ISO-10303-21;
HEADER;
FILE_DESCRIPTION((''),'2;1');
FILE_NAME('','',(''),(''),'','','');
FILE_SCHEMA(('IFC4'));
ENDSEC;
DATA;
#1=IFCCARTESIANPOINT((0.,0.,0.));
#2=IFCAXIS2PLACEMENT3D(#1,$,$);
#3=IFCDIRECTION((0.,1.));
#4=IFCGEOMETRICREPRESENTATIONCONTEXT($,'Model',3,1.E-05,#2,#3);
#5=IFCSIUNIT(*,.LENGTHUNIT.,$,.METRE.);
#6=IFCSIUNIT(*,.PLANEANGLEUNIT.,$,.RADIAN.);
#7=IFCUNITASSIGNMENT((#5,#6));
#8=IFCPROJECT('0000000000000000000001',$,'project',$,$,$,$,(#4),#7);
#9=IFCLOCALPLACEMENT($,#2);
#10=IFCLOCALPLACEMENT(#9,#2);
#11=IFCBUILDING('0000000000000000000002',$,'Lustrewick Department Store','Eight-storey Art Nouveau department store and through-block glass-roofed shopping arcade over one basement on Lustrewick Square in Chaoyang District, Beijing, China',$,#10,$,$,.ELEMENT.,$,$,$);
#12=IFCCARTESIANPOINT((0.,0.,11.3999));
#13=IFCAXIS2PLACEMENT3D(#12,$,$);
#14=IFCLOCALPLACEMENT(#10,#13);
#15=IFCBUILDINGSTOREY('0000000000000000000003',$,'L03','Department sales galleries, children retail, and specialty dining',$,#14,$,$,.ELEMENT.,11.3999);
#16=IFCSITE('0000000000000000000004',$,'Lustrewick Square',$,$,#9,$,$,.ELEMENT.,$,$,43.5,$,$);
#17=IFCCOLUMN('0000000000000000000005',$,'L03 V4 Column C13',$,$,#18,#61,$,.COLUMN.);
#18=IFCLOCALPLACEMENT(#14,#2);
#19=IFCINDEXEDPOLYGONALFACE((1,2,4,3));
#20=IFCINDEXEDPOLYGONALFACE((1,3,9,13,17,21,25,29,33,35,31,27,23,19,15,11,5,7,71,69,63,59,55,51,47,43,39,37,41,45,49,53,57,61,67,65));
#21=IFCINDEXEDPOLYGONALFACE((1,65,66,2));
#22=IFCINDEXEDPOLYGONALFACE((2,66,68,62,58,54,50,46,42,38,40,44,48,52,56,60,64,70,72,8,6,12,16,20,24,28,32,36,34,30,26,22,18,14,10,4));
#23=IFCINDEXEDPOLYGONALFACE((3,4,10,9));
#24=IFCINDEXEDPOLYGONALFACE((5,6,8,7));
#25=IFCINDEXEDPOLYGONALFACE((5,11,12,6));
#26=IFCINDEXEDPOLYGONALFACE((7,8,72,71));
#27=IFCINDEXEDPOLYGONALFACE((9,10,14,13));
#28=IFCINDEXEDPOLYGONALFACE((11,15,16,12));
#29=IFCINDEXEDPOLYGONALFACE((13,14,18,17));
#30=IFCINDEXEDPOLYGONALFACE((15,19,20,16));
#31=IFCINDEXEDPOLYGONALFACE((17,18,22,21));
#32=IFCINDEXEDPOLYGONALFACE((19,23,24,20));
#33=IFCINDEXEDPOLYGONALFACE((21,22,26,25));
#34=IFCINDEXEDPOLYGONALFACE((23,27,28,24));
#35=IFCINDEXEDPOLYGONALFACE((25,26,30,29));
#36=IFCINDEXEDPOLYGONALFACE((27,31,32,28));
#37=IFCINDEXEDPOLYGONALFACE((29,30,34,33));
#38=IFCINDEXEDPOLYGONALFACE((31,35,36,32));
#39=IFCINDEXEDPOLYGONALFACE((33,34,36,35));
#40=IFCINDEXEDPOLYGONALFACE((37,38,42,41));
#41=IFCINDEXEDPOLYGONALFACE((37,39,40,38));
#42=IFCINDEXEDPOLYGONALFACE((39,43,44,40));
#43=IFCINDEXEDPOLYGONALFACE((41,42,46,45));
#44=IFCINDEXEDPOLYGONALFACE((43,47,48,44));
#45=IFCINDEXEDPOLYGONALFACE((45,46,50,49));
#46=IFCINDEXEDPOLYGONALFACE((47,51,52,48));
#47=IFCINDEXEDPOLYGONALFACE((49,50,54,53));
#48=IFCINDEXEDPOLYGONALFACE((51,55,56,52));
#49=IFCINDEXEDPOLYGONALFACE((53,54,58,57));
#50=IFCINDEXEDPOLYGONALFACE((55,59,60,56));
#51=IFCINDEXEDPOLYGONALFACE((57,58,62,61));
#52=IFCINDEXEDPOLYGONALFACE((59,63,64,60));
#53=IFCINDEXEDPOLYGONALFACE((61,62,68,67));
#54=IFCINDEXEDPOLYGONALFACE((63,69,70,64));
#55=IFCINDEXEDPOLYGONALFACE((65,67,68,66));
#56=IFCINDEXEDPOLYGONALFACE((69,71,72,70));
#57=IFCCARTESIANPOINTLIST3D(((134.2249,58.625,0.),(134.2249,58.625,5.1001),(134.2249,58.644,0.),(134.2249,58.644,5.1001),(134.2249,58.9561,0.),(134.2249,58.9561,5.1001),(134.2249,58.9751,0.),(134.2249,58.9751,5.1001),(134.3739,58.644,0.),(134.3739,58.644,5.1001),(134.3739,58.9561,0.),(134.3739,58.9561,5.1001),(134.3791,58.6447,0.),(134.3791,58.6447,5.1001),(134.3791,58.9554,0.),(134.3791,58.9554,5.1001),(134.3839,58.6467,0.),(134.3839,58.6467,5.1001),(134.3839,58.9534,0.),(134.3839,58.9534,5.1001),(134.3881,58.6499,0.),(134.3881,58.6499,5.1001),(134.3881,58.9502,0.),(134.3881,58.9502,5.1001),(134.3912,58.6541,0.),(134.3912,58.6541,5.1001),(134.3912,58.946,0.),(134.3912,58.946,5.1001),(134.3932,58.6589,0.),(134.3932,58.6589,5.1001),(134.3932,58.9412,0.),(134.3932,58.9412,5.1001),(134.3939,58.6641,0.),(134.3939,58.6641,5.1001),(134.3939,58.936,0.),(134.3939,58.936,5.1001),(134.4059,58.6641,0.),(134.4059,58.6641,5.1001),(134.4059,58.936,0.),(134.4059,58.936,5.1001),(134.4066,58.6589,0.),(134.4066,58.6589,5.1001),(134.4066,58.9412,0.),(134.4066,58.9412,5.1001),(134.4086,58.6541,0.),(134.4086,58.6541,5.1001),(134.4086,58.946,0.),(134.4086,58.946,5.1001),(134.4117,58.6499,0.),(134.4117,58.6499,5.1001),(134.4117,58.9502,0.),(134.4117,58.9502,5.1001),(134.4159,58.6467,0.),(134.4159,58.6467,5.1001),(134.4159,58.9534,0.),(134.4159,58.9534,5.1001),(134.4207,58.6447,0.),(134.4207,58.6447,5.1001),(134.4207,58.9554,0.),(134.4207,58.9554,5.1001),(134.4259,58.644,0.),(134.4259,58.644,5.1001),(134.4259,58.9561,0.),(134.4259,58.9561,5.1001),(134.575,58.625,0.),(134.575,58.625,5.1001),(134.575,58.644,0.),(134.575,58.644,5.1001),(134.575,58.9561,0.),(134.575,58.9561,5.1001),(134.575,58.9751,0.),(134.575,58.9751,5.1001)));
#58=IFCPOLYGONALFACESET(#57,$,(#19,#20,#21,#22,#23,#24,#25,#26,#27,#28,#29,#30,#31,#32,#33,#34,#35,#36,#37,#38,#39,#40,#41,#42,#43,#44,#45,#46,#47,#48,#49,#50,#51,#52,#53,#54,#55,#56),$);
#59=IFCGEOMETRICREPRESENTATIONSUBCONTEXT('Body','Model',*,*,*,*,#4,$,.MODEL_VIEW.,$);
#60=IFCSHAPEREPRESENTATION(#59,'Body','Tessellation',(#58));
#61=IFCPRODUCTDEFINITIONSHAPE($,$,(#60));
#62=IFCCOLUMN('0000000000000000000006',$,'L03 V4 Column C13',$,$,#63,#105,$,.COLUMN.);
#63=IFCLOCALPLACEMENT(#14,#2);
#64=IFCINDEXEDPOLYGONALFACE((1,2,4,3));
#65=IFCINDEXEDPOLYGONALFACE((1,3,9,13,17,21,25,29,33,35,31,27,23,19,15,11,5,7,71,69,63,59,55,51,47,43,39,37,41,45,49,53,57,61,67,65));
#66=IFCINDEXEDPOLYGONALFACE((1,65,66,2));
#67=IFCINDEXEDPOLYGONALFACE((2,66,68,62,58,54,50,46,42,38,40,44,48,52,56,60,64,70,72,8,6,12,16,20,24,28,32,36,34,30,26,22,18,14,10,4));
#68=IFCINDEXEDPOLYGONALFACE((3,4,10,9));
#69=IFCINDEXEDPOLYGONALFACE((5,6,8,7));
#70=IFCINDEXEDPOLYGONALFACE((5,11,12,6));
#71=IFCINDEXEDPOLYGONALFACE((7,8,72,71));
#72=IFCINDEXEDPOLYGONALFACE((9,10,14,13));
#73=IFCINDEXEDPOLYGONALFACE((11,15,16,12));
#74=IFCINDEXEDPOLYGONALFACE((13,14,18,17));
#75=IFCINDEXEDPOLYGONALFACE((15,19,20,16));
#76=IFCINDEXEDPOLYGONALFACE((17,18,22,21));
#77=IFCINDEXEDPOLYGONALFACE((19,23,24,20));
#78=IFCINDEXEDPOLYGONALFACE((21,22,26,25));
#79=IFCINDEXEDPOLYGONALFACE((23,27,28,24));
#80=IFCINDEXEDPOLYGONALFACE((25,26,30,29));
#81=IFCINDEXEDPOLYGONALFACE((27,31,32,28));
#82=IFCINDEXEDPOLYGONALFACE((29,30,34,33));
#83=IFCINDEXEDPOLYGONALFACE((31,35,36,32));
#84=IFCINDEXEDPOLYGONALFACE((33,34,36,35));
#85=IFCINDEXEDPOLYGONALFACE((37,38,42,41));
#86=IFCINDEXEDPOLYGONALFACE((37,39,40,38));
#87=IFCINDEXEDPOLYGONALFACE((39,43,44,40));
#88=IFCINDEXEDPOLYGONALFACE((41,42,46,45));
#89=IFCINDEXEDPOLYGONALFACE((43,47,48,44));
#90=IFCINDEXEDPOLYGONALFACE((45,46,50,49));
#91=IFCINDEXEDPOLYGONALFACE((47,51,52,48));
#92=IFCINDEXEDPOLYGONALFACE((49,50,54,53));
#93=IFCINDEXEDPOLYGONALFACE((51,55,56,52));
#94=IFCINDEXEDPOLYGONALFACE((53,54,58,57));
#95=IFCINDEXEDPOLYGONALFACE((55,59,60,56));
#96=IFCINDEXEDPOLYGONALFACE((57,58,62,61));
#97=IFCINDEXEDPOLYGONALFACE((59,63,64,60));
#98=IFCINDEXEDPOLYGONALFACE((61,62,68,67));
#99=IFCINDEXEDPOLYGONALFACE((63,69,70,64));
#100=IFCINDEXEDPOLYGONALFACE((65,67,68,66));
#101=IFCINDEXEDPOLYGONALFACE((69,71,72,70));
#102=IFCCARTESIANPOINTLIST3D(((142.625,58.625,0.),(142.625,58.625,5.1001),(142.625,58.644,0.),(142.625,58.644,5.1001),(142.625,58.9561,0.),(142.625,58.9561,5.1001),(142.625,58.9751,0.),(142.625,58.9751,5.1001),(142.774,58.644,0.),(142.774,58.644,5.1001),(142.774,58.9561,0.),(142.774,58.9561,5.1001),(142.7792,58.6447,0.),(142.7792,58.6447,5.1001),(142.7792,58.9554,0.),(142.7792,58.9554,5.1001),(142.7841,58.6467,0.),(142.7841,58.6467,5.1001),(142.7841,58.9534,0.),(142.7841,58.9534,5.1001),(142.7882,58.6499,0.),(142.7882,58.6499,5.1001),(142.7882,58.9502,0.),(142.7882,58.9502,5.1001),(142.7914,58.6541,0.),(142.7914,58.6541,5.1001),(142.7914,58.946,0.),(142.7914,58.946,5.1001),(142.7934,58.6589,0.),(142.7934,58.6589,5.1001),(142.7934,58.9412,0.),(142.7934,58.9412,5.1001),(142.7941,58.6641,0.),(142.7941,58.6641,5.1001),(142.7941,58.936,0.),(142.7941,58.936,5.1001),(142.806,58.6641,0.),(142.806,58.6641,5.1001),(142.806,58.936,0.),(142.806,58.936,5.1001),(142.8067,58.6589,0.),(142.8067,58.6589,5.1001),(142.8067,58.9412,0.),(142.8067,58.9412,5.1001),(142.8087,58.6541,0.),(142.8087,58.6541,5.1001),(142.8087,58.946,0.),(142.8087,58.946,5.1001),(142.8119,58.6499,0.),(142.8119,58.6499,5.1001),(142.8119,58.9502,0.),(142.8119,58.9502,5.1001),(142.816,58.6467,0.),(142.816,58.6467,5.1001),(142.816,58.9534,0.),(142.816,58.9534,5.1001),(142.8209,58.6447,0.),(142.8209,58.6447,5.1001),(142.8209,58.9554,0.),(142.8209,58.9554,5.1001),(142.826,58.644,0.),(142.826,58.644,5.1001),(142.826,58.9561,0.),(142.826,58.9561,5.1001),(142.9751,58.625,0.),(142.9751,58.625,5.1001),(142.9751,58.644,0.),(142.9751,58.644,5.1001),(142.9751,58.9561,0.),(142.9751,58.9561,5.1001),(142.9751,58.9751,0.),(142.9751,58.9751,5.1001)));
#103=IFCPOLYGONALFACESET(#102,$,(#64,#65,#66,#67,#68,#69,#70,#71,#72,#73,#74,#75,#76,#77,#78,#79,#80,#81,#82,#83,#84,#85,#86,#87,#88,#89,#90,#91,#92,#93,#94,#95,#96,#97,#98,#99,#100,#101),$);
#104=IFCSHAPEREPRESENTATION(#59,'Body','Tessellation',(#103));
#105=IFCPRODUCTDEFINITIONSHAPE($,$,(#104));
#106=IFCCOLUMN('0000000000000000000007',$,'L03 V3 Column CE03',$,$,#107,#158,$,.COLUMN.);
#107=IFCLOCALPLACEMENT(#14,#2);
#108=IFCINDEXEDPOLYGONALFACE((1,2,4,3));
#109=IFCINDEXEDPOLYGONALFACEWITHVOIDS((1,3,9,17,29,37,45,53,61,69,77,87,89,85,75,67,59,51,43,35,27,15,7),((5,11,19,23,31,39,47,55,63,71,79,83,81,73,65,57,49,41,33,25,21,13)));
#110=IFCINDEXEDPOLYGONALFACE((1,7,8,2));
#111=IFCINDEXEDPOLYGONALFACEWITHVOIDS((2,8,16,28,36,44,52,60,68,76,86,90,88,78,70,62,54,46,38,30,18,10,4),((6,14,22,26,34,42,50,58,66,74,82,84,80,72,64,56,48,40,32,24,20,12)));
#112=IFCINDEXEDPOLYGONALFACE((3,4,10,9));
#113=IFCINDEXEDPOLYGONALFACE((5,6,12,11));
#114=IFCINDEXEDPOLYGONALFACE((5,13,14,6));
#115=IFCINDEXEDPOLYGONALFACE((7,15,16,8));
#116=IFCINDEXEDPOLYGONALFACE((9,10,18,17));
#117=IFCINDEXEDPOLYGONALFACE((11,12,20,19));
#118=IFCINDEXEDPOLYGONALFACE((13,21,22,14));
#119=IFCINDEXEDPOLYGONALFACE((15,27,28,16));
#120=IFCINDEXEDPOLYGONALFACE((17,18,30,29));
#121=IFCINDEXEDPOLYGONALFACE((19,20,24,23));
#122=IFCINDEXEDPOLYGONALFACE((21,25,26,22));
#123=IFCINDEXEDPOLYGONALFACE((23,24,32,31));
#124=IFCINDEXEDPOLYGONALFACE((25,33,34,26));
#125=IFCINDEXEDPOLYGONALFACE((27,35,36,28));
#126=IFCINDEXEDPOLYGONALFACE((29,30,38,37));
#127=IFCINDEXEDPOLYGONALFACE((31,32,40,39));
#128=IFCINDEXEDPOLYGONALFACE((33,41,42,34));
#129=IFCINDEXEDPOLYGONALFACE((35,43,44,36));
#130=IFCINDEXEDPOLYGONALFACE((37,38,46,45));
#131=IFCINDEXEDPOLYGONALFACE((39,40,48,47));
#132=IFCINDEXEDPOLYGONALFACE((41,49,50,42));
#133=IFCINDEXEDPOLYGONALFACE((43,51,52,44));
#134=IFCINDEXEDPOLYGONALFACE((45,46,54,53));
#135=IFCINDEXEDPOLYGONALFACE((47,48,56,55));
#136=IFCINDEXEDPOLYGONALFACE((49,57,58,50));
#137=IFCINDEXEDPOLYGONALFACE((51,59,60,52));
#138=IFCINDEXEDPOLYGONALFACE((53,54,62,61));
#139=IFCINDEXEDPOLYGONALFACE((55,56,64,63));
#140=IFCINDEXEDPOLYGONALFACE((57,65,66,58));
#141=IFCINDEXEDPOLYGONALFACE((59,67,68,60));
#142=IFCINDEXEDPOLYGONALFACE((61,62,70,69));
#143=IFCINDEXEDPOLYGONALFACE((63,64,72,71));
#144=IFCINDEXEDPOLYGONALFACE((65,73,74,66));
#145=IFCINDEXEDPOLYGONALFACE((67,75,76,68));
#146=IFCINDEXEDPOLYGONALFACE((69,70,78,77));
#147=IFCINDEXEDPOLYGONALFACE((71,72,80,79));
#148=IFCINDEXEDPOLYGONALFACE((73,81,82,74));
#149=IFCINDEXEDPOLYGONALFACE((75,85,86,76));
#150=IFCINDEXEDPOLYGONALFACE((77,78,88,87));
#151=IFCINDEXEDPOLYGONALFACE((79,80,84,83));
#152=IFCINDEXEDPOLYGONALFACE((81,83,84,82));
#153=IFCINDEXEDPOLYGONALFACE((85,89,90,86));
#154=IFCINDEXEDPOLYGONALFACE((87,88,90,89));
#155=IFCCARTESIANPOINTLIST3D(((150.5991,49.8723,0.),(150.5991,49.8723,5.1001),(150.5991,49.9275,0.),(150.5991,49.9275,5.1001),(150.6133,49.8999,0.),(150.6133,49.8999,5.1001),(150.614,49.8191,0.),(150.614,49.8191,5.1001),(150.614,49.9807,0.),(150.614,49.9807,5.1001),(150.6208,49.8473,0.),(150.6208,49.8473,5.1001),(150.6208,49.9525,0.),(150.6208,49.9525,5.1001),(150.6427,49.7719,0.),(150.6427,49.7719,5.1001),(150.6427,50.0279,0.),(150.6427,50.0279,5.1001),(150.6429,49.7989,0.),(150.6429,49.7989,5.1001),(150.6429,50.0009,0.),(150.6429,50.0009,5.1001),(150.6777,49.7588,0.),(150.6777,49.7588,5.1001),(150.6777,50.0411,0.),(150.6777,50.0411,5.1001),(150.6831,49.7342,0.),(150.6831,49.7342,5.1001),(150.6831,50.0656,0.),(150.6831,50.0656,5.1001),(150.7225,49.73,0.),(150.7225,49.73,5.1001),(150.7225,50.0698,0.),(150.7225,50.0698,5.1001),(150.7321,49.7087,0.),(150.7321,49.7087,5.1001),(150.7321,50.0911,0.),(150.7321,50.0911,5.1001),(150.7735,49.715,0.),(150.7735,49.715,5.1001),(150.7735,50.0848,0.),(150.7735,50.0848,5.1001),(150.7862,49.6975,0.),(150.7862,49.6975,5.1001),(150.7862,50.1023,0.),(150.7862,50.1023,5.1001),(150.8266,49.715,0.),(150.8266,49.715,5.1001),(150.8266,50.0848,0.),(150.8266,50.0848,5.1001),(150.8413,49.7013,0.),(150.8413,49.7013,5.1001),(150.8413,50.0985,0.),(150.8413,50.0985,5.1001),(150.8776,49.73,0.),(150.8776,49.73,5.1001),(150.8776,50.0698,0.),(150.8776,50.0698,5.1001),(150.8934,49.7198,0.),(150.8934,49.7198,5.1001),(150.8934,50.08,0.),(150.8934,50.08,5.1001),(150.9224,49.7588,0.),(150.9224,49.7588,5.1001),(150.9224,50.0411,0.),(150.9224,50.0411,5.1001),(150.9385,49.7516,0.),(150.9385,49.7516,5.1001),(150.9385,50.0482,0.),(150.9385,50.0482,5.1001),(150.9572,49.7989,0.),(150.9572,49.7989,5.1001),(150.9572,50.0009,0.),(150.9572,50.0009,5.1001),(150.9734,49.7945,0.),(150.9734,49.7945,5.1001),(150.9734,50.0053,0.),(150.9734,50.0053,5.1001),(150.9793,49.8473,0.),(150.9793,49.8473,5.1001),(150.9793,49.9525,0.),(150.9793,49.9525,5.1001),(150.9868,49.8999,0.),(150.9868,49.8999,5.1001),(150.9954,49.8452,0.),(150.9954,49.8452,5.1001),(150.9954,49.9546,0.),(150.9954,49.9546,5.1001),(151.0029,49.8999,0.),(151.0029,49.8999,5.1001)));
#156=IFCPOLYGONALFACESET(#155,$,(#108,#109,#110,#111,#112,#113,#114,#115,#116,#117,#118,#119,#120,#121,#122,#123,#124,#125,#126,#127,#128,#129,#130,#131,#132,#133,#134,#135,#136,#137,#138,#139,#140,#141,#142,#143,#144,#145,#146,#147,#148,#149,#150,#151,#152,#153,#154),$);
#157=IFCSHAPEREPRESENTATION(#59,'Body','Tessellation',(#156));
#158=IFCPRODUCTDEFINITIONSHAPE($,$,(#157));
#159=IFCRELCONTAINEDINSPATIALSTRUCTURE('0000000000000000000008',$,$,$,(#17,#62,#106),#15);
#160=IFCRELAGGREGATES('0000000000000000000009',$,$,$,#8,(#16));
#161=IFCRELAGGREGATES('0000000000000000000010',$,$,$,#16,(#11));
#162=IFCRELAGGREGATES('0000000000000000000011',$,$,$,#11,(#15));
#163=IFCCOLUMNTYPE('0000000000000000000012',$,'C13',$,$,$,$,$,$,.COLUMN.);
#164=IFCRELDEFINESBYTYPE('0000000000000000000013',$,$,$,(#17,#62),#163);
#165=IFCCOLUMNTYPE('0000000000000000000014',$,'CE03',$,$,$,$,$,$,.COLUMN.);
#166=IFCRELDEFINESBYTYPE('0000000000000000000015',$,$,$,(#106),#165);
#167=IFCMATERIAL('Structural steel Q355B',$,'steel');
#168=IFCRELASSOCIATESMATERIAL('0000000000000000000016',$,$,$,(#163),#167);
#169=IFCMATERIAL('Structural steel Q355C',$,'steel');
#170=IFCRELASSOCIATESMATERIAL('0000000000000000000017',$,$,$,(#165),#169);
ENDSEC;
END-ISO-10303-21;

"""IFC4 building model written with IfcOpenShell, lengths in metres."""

from ifc_helpers import new_model, si_unit, direction, frame, origin, origin_2d, place, context, subcontext, project, spatial, hollow_circle, i_section, extrude, material, material_profile, profile_set, type_object, element, save


model = new_model("IFC4")

# Units and contexts
model_context = context("Model", 3, precision=1e-05, world=origin(), true_north=direction((0.0, 1.0)))
body_context = subcontext(model_context, "Body", "Model", "MODEL_VIEW")
ifc_project = project(units=[si_unit("LENGTHUNIT", "METRE"), si_unit("PLANEANGLEUNIT", "RADIAN")], contexts=[model_context])

# Site, building, storey
site_placement = place(None, origin())
site = spatial("IfcSite", under=ifc_project, at=site_placement, Name="Lustrewick Square", CompositionType="ELEMENT", RefElevation=43.5)
building_placement = place(site_placement, origin())
building = spatial("IfcBuilding", under=site, at=building_placement, Name="Lustrewick Department Store", Description="Eight-storey Art Nouveau department store and through-block glass-roofed shopping arcade over one basement on Lustrewick Square in Chaoyang District, Beijing, China", CompositionType="ELEMENT")
storey_placement = place(building_placement, frame((0.0, 0.0, 11.3999)))
storey = spatial("IfcBuildingStorey", under=building, at=storey_placement, Name="L03", Description="Department sales galleries, children retail, and specialty dining", CompositionType="ELEMENT", Elevation=11.3999)

# Columns
ifc_material_1 = material(Name="Structural steel Q355B", Category="steel")
ifc_material_profile_1 = material_profile(ifc_material_1, i_section(OverallWidth=0.3501, OverallDepth=0.3501, WebThickness=0.012, FlangeThickness=0.019, FilletRadius=0.02, at=origin_2d()), Name="HW 350x350x12x19")
ifc_profile_set_1 = profile_set([ifc_material_profile_1], Name="Structural steel Q355B")
column_type_1 = type_object("IfcColumnType", Name="C13", PredefinedType="COLUMN", material=ifc_profile_set_1)
for number, where, z_axis, x_axis, name in (
    (1, (134.3999, 58.8, 0.0), (0.0, 0.0, 1.0), (1.0, 0.0, 0.0), "L03 V4 Column C13"),
    (2, (142.8, 58.8, 0.0), (0.0, 0.0, 1.0), (1.0, 0.0, 0.0), "L03 V4 Column C13"),
):
    element("IfcColumn", number, at=place(storey_placement, frame(where, z_axis=z_axis, x_axis=x_axis)), inside=storey, type_object=column_type_1, Name=name, PredefinedType="COLUMN", context=body_context, shape_type="SweptSolid", body=[
        extrude(i_section(OverallWidth=0.3501, OverallDepth=0.3501, WebThickness=0.012, FlangeThickness=0.019, FilletRadius=0.02, at=origin_2d()), origin(), (0.0, 0.0, 1.0), 5.1001),
    ])
ifc_material_2 = material(Name="Structural steel Q355C", Category="steel")
ifc_material_profile_2 = material_profile(ifc_material_2, hollow_circle(Radius=0.2029, WallThickness=0.0161, at=origin_2d()), Name="CHS 406x16")
ifc_profile_set_2 = profile_set([ifc_material_profile_2], Name="Structural steel Q355C")
column_type_2 = type_object("IfcColumnType", Name="CE03", PredefinedType="COLUMN", material=ifc_profile_set_2)
column_placement = place(storey_placement, frame((150.8, 49.8999, 0.0), z_axis=(0.0, 0.0, 1.0), x_axis=(1.0, 0.0, 0.0)))
element("IfcColumn", 3, at=column_placement, inside=storey, type_object=column_type_2, Name="L03 V3 Column CE03", PredefinedType="COLUMN", context=body_context, shape_type="SweptSolid", body=[
    extrude(hollow_circle(Radius=0.2029, WallThickness=0.0161, at=origin_2d()), origin(), (0.0, 0.0, 1.0), 5.1001),
])

save(model, "model.ifc")
